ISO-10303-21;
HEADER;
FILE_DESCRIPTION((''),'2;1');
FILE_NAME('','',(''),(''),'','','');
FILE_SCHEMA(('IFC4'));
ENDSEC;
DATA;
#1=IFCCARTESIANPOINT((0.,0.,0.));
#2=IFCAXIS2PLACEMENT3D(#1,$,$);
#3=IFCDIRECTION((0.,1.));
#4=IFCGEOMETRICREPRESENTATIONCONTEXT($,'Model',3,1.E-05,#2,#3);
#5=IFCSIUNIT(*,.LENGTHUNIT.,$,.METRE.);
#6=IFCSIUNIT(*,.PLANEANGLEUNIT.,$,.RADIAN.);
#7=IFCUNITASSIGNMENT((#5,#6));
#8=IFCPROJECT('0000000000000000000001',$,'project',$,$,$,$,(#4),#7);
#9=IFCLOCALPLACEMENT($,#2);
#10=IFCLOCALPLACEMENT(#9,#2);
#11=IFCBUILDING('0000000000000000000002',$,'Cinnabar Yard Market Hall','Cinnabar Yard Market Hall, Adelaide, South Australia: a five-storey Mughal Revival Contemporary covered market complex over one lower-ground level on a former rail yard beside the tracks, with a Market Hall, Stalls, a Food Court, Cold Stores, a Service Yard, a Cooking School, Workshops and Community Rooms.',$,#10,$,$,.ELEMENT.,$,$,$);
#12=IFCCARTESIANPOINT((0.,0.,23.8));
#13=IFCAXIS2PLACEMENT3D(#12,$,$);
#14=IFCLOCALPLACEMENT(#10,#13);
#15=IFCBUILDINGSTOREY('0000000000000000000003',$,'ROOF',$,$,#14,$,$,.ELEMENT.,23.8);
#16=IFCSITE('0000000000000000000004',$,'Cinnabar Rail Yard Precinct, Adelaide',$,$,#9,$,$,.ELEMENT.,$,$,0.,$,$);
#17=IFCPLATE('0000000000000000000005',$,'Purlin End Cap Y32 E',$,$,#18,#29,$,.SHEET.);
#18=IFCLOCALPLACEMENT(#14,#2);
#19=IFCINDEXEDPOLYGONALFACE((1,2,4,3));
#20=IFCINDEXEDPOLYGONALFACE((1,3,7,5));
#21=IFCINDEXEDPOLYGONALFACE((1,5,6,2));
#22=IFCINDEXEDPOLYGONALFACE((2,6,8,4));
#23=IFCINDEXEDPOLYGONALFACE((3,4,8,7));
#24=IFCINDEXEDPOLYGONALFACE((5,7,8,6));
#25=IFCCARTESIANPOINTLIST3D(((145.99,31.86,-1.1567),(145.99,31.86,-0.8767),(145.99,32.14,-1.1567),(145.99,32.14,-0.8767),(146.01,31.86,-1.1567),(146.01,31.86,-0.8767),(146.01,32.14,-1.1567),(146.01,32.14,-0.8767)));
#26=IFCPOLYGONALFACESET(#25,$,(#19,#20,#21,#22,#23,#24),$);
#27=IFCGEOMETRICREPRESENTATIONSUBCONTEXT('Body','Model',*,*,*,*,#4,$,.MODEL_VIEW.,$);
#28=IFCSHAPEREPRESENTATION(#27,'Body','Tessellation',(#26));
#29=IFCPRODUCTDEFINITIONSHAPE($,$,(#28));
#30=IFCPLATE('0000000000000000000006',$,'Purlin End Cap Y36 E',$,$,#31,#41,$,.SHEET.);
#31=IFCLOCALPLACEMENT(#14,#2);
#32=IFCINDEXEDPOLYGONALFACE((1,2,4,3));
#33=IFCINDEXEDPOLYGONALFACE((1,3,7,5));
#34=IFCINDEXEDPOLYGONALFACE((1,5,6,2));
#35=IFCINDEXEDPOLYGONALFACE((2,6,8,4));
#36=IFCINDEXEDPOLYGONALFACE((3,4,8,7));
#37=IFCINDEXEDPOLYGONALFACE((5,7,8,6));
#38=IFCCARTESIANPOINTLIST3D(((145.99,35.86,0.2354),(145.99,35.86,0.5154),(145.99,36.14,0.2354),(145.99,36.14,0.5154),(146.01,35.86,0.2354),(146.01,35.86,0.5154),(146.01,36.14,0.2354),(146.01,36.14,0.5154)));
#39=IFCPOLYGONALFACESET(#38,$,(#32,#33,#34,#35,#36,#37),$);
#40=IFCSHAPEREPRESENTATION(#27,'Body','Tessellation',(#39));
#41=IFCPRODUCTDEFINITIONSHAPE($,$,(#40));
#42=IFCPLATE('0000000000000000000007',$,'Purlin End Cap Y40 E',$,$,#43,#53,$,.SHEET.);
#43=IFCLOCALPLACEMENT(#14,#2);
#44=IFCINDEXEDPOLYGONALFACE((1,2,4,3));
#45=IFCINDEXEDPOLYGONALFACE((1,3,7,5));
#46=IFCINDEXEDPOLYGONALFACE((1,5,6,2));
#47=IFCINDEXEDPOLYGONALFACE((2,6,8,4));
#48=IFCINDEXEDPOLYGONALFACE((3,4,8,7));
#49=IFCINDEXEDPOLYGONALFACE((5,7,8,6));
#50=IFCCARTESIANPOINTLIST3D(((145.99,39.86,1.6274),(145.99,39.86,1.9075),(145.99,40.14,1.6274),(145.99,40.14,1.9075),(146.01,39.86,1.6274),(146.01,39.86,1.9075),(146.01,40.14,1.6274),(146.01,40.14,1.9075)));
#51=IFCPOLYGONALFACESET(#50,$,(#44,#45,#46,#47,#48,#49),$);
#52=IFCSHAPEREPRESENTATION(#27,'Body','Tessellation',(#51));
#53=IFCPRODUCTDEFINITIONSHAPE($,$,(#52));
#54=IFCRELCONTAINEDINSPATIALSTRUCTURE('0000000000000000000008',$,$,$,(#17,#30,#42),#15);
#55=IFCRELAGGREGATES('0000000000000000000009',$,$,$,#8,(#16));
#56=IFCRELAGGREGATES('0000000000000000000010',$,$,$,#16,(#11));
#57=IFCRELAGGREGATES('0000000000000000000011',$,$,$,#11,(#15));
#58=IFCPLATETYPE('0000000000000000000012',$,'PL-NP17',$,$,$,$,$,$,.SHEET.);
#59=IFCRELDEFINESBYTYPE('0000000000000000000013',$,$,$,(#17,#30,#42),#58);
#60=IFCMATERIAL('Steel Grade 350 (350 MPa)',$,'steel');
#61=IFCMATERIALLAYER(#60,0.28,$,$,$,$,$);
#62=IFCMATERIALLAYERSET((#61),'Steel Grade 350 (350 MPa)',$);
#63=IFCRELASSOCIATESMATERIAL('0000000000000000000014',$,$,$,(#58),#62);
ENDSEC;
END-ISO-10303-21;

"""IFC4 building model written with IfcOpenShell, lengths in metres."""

from ifc_helpers import new_model, si_unit, direction, frame, origin, origin_2d_with_axis, place, context, subcontext, project, spatial, rectangle, extrude, material, layer, layer_set, type_object, element, save


model = new_model("IFC4")

# Units and contexts
model_context = context("Model", 3, precision=1e-05, world=origin(), true_north=direction((0.0, 1.0)))
body_context = subcontext(model_context, "Body", "Model", "MODEL_VIEW")
ifc_project = project(units=[si_unit("LENGTHUNIT", "METRE"), si_unit("PLANEANGLEUNIT", "RADIAN")], contexts=[model_context])

# Site, building, storey
site_placement = place(None, origin())
site = spatial("IfcSite", under=ifc_project, at=site_placement, Name="Cinnabar Rail Yard Precinct, Adelaide", CompositionType="ELEMENT", RefElevation=0.0)
building_placement = place(site_placement, origin())
building = spatial("IfcBuilding", under=site, at=building_placement, Name="Cinnabar Yard Market Hall", Description="Cinnabar Yard Market Hall, Adelaide, South Australia: a five-storey Mughal Revival Contemporary covered market complex over one lower-ground level on a former rail yard beside the tracks, with a Market Hall, Stalls, a Food Court, Cold Stores, a Service Yard, a Cooking School, Workshops and Community Rooms.", CompositionType="ELEMENT")
storey_placement = place(building_placement, frame((0.0, 0.0, 23.8)))
storey = spatial("IfcBuildingStorey", under=building, at=storey_placement, Name="ROOF", CompositionType="ELEMENT", Elevation=23.8)

# Shared definitions
ifc_material_1 = material(Name="Steel Grade 350 (350 MPa)", Category="steel")

# Plates
ifc_layer_1 = layer(ifc_material_1, 0.28)
ifc_layer_set_1 = layer_set([ifc_layer_1], Name="Steel Grade 350 (350 MPa)")
plate_type_1 = type_object("IfcPlateType", Name="PL-NP17", PredefinedType="SHEET", material=ifc_layer_set_1)
for number, where, z_axis, x_axis, name in (
    (1, (146.0, 32.0, -1.1567), (0.0, 0.0, 1.0), (1.0, 0.0, 0.0), "Purlin End Cap Y32 E"),
    (2, (146.0, 36.0, 0.2354), (0.0, 0.0, 1.0), (1.0, 0.0, 0.0), "Purlin End Cap Y36 E"),
    (3, (146.0, 40.0, 1.6274), (0.0, 0.0, 1.0), (1.0, 0.0, 0.0), "Purlin End Cap Y40 E"),
):
    element("IfcPlate", number, at=place(storey_placement, frame(where, z_axis=z_axis, x_axis=x_axis)), inside=storey, type_object=plate_type_1, Name=name, PredefinedType="SHEET", context=body_context, shape_type="SweptSolid", body=[
        extrude(rectangle(XDim=0.02, YDim=0.28, at=origin_2d_with_axis()), origin(), (0.0, 0.0, 1.0), 0.28),
    ])

save(model, "model.ifc")
